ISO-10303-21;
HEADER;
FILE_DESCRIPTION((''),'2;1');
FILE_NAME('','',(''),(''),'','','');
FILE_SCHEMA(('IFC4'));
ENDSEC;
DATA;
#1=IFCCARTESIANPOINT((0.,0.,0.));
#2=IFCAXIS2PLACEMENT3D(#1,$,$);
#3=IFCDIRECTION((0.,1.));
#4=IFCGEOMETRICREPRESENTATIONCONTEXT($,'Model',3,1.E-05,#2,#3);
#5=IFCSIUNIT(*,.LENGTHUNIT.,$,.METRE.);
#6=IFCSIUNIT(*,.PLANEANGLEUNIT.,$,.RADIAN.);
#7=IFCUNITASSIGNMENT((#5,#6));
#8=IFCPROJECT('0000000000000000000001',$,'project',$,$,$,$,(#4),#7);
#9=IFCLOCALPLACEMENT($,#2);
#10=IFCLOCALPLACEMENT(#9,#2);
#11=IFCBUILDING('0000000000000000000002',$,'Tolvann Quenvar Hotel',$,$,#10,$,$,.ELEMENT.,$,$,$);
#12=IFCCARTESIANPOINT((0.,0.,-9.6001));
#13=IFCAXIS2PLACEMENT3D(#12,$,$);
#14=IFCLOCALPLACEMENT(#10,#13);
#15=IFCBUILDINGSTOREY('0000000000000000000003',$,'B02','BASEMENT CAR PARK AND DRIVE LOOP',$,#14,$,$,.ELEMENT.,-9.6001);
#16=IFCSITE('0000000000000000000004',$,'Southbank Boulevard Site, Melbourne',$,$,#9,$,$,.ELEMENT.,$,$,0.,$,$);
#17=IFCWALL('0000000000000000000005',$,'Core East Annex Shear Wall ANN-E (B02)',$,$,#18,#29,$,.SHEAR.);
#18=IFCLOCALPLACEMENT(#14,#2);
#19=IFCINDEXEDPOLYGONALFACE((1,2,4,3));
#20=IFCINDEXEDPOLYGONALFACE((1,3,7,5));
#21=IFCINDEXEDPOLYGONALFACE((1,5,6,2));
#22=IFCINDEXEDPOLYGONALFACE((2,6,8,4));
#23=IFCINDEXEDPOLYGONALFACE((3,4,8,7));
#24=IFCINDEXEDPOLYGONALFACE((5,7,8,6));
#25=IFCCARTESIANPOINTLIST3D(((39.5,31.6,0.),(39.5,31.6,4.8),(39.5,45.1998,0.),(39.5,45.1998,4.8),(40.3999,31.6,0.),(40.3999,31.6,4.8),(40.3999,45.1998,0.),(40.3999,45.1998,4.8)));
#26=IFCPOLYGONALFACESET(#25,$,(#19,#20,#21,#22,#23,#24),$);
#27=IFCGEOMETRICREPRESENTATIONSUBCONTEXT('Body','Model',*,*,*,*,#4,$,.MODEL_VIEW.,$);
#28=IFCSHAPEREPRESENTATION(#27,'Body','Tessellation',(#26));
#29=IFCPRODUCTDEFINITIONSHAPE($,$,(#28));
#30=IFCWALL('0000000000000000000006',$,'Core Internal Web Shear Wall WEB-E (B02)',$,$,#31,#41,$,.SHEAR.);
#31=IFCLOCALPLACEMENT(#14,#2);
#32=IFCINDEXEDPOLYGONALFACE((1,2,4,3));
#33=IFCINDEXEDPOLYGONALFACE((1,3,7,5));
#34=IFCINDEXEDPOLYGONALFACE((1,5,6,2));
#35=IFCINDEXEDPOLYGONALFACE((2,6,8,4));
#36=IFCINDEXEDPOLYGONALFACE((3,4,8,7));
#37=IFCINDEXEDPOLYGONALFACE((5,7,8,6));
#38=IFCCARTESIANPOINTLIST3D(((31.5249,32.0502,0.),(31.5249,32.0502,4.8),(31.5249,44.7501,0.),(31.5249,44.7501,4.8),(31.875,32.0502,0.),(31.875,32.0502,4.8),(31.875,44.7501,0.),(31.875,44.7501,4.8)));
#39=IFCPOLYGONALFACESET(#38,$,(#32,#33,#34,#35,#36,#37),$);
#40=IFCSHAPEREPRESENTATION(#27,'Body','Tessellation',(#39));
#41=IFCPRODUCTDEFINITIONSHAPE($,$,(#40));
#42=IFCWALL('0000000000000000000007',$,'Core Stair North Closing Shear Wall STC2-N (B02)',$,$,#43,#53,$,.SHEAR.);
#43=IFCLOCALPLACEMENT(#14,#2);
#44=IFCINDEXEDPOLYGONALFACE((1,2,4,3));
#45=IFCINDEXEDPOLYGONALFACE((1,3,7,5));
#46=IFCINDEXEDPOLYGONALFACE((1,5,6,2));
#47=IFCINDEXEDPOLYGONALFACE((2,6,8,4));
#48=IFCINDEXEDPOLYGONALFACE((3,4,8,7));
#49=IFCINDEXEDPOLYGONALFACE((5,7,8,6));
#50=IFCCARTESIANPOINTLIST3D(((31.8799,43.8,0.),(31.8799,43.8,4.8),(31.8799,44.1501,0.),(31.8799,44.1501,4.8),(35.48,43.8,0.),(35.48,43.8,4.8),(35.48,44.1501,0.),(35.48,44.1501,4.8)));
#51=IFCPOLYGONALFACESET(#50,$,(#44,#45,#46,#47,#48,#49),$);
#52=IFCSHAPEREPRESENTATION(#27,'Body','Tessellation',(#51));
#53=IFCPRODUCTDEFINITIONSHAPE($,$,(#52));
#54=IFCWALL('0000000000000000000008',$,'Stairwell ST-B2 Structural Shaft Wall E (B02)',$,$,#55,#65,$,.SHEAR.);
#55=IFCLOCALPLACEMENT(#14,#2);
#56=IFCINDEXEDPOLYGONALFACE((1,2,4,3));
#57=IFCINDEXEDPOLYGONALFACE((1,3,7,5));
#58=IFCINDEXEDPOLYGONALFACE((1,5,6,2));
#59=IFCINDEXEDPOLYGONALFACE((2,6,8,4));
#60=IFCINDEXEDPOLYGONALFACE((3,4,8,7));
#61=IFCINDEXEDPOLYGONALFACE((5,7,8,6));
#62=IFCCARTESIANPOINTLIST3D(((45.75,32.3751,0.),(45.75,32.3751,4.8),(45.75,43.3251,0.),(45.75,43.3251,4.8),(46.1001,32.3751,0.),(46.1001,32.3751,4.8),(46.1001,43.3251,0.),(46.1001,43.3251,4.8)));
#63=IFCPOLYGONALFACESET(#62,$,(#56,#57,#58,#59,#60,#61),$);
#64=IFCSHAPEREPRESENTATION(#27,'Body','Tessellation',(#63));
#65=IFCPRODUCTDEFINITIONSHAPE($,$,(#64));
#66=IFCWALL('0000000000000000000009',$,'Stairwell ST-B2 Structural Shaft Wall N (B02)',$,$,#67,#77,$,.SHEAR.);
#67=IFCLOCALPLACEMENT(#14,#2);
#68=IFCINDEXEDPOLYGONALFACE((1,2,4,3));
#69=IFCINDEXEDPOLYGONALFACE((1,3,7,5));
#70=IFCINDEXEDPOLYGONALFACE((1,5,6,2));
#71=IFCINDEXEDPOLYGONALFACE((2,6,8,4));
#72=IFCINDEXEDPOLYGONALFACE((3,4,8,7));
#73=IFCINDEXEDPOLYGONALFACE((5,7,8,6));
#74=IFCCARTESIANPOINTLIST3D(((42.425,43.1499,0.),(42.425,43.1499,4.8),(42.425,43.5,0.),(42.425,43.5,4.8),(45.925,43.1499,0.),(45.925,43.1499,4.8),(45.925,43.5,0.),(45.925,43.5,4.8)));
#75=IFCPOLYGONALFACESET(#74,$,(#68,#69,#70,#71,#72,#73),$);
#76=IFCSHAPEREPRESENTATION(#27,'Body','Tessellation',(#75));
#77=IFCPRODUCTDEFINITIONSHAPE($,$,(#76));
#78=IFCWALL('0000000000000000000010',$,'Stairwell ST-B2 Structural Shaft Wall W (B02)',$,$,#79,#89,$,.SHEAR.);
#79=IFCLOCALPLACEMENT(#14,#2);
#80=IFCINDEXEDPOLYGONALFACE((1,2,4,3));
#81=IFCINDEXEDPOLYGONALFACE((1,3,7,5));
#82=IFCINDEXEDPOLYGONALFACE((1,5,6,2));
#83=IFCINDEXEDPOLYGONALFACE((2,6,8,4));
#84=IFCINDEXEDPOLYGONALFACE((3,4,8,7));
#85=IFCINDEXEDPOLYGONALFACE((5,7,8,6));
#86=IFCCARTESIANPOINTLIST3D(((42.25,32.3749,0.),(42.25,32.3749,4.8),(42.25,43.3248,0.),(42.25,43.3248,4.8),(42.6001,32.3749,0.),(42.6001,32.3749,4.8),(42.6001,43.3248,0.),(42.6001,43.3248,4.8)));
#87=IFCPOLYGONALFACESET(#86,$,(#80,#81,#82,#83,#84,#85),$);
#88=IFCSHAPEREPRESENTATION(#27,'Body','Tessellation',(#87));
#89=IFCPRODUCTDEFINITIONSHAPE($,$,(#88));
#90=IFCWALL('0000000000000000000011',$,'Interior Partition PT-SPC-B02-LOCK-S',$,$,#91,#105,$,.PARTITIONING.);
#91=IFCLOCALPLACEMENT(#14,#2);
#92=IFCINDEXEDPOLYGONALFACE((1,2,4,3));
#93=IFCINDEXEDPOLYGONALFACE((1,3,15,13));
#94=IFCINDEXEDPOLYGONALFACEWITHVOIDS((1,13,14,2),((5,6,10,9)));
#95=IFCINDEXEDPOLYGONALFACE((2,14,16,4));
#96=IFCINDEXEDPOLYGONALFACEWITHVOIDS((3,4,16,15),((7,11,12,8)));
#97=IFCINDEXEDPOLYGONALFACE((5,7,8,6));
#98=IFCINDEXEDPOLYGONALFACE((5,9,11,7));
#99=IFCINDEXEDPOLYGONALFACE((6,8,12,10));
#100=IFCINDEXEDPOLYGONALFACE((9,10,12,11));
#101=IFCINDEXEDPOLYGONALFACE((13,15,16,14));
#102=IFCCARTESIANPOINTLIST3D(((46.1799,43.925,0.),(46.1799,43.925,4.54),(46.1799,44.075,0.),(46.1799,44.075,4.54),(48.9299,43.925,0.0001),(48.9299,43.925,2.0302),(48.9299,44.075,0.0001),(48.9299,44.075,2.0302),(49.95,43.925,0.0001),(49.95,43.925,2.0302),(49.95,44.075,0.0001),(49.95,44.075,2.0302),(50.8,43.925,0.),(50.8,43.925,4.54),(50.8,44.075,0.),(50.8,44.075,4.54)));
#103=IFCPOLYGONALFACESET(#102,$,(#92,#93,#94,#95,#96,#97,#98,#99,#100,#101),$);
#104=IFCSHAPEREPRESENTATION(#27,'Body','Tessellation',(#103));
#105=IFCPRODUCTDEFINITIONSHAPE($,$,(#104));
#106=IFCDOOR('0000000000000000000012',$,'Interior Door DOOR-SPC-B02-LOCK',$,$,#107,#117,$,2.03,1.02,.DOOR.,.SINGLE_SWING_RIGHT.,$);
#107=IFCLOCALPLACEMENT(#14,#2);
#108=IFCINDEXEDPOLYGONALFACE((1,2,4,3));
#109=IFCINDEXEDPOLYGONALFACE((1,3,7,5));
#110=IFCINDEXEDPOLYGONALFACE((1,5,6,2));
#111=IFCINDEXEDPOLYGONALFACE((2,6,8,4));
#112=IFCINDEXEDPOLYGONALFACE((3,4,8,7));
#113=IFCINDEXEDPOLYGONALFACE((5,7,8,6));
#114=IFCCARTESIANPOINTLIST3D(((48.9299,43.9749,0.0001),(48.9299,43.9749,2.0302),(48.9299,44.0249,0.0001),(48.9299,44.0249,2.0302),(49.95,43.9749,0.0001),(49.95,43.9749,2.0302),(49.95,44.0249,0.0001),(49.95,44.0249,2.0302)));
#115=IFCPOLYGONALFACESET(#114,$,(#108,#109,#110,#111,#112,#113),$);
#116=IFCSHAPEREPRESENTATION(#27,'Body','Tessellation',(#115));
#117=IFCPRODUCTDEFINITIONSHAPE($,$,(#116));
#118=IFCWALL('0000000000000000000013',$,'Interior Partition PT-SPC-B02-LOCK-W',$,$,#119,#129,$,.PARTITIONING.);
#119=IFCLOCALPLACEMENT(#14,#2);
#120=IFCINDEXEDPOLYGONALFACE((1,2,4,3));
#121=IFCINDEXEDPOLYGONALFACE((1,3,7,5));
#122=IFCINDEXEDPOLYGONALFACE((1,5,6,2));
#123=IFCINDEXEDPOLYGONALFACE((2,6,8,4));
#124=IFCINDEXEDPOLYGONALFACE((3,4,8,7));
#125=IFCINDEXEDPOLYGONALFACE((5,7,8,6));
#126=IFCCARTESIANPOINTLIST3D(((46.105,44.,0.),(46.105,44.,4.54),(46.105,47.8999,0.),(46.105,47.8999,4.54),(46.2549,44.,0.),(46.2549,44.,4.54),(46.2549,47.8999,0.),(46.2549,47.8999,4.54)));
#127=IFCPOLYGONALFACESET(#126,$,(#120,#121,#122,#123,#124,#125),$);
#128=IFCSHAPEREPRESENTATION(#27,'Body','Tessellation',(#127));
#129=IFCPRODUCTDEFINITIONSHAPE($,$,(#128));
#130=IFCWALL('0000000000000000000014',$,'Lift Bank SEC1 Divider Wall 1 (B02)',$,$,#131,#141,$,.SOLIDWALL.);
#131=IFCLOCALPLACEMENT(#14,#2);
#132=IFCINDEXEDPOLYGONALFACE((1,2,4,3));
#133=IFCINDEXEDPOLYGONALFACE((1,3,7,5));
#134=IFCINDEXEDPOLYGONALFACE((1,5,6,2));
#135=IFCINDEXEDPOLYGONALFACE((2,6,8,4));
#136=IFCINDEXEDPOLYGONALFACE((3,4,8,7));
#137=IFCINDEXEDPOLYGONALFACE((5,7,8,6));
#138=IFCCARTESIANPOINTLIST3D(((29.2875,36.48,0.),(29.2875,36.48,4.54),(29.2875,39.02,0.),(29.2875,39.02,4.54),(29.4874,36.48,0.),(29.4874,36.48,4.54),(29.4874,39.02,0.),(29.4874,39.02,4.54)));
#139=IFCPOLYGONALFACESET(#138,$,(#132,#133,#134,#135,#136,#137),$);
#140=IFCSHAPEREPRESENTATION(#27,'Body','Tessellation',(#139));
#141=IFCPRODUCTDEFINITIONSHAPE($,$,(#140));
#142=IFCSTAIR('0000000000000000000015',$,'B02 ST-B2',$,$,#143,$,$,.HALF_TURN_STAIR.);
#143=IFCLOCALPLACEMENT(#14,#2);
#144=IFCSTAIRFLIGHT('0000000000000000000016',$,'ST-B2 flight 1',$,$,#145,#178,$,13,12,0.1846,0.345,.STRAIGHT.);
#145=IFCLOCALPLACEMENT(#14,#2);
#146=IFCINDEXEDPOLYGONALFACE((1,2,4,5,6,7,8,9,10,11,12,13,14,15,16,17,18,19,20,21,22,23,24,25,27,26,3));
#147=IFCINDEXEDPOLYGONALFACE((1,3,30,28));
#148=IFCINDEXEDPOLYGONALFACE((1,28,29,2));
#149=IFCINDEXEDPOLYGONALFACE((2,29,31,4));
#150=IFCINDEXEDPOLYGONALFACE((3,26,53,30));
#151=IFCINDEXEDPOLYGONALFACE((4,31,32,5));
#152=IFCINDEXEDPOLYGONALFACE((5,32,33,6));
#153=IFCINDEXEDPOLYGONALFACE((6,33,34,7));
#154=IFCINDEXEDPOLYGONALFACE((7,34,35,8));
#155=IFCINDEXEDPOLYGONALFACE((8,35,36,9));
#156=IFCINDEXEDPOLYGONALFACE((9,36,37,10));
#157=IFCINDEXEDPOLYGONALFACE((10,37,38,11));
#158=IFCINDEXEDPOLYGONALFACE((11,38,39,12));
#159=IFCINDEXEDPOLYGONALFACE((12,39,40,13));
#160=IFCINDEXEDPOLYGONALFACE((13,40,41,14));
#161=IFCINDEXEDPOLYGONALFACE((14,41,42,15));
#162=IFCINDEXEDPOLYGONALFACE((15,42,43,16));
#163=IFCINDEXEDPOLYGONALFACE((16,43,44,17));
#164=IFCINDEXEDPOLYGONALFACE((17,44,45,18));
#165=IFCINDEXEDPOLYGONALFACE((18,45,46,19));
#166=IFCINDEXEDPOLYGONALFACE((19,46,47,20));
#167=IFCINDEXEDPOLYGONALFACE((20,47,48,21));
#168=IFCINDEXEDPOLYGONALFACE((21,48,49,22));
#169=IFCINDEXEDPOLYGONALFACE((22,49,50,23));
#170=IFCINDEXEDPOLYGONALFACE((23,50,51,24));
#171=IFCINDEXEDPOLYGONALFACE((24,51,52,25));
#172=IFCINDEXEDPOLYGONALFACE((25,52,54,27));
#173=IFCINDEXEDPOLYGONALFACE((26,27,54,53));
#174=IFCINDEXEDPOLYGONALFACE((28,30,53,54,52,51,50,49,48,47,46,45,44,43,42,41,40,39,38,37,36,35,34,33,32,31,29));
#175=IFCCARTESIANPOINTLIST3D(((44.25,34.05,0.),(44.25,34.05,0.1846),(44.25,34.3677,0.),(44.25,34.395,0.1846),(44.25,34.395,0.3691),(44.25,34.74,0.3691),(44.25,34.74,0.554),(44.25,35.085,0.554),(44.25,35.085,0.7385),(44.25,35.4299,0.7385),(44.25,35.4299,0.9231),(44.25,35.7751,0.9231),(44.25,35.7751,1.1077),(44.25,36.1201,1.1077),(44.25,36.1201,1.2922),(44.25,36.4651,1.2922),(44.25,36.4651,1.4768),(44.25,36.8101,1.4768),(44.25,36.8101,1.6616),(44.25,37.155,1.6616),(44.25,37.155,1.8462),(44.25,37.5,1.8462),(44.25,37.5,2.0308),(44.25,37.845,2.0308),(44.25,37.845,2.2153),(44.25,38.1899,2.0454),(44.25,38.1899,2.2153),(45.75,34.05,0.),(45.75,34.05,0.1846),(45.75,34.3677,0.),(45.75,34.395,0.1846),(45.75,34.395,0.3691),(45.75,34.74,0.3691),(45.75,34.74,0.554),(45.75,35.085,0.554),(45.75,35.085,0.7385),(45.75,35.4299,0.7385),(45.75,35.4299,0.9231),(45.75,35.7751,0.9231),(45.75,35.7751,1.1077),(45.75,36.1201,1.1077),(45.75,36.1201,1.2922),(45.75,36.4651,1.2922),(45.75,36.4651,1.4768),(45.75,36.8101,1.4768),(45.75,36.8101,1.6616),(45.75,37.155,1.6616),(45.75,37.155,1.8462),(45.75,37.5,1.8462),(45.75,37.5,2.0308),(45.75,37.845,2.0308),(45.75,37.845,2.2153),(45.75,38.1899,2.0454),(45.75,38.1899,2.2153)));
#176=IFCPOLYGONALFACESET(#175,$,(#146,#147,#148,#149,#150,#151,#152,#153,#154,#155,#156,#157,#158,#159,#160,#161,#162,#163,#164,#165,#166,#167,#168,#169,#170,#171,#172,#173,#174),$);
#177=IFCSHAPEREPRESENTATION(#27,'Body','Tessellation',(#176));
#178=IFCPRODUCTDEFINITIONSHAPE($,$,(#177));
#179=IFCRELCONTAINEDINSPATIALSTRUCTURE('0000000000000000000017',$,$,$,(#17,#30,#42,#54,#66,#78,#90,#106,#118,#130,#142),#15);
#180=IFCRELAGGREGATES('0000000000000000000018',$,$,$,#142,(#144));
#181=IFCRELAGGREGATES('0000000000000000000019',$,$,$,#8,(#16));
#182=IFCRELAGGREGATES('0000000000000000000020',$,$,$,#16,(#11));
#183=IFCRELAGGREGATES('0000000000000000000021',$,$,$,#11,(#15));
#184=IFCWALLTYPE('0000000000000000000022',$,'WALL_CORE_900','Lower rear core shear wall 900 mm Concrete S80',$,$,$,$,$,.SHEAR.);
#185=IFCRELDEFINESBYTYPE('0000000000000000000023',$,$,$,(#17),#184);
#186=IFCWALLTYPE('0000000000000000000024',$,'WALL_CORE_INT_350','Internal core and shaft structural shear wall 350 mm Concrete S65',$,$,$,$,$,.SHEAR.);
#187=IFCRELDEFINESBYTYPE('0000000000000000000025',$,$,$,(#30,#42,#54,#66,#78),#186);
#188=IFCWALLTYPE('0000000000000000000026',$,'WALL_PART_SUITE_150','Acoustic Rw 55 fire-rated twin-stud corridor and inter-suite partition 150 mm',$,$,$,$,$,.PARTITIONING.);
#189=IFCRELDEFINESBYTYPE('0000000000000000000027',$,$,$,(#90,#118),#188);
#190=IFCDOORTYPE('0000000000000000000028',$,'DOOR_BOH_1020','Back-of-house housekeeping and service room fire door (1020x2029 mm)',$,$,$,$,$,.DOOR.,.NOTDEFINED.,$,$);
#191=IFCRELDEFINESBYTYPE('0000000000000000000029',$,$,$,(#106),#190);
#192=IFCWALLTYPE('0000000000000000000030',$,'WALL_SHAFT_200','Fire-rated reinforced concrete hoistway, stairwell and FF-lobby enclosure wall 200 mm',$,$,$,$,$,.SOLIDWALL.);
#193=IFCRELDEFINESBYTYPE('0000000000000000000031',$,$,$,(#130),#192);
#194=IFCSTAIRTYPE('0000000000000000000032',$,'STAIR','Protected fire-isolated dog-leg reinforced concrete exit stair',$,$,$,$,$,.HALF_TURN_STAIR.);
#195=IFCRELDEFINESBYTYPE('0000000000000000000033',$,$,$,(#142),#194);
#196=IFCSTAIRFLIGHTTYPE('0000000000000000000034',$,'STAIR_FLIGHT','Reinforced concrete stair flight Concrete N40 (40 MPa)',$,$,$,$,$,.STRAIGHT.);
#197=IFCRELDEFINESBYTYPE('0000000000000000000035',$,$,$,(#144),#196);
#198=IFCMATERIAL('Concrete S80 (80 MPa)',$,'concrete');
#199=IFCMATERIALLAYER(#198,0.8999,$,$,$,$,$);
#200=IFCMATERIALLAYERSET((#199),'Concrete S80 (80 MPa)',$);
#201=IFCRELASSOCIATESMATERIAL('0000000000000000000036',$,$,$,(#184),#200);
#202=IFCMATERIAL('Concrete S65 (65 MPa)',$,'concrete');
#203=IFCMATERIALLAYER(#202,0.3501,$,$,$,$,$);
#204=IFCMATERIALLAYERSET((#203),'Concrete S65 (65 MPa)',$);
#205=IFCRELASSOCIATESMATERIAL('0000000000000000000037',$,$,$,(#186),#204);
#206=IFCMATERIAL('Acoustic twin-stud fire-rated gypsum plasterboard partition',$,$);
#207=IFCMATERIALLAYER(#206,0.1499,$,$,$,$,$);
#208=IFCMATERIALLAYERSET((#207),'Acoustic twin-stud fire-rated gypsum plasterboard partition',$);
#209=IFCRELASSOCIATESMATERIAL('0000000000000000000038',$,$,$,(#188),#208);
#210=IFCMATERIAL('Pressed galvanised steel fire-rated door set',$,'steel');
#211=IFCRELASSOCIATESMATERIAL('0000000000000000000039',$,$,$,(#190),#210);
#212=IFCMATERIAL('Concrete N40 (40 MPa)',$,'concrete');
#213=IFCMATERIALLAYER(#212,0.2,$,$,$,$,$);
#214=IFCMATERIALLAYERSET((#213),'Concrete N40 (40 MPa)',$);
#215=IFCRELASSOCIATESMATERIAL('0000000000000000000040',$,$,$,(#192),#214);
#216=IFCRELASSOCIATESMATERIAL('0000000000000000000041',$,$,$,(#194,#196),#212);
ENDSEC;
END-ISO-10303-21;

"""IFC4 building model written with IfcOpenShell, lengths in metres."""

from ifc_helpers import new_model, si_unit, direction, frame, frame_2d, origin, place, context, subcontext, project, spatial, polyline, rectangle, outline, extrude, source, transform, mapped, material, layer, layer_set, type_object, type_shapes, element, fill, aggregate, save


model = new_model("IFC4")

# Units and contexts
model_context = context("Model", 3, precision=1e-05, world=origin(), true_north=direction((0.0, 1.0)))
body_context = subcontext(model_context, "Body", "Model", "MODEL_VIEW")
ifc_project = project(units=[si_unit("LENGTHUNIT", "METRE"), si_unit("PLANEANGLEUNIT", "RADIAN")], contexts=[model_context])

# Site, building, storey
site_placement = place(None, origin())
site = spatial("IfcSite", under=ifc_project, at=site_placement, Name="Southbank Boulevard Site, Melbourne", CompositionType="ELEMENT", RefElevation=0.0)
building_placement = place(site_placement, origin())
building = spatial("IfcBuilding", under=site, at=building_placement, Name="Tolvann Quenvar Hotel", CompositionType="ELEMENT")
storey_placement = place(building_placement, frame((0.0, 0.0, -9.6001)))
storey = spatial("IfcBuildingStorey", under=building, at=storey_placement, Name="B02", Description="BASEMENT CAR PARK AND DRIVE LOOP", CompositionType="ELEMENT", Elevation=-9.6001)

# Shared definitions
ifc_material_1 = material(Name="Concrete S80 (80 MPa)", Category="concrete")

# Walls
ifc_layer_1 = layer(ifc_material_1, 0.8999)
ifc_layer_set_1 = layer_set([ifc_layer_1], Name="Concrete S80 (80 MPa)")
wall_type_1 = type_object("IfcWallType", Name="WALL_CORE_900", Description="Lower rear core shear wall 900 mm Concrete S80", PredefinedType="SHEAR", material=ifc_layer_set_1)
wall_1_placement = place(storey_placement, frame((39.95, 31.6001, 0.0), z_axis=(0.0, 0.0, 1.0), x_axis=(0.0, 1.0, 0.0)))
element("IfcWall", 1, at=wall_1_placement, inside=storey, type_object=wall_type_1, Name="Core East Annex Shear Wall ANN-E (B02)", PredefinedType="SHEAR", context=body_context, shape_type="SweptSolid", body=[
    extrude(rectangle(XDim=13.5999, YDim=0.8999, at=frame_2d((6.7998, 0.0))), origin(), (0.0, 0.0, 1.0), 4.8),
])
ifc_material_2 = material(Name="Concrete S65 (65 MPa)", Category="concrete")
ifc_layer_2 = layer(ifc_material_2, 0.3501)
ifc_layer_set_2 = layer_set([ifc_layer_2], Name="Concrete S65 (65 MPa)")
wall_type_2 = type_object("IfcWallType", Name="WALL_CORE_INT_350", Description="Internal core and shaft structural shear wall 350 mm Concrete S65", PredefinedType="SHEAR", material=ifc_layer_set_2)
wall_2_placement = place(storey_placement, frame((31.7, 32.05, 0.0), z_axis=(0.0, 0.0, 1.0), x_axis=(0.0, 1.0, 0.0)))
element("IfcWall", 2, at=wall_2_placement, inside=storey, type_object=wall_type_2, Name="Core Internal Web Shear Wall WEB-E (B02)", PredefinedType="SHEAR", context=body_context, shape_type="SweptSolid", body=[
    extrude(rectangle(XDim=12.7, YDim=0.3501, at=frame_2d((6.3501, 0.0))), origin(), (0.0, 0.0, 1.0), 4.8),
])
wall_3_placement = place(storey_placement, frame((31.8799, 43.9751, 0.0), z_axis=(0.0, 0.0, 1.0), x_axis=(1.0, 0.0, 0.0)))
element("IfcWall", 3, at=wall_3_placement, inside=storey, type_object=wall_type_2, Name="Core Stair North Closing Shear Wall STC2-N (B02)", PredefinedType="SHEAR", context=body_context, shape_type="SweptSolid", body=[
    extrude(rectangle(XDim=3.6001, YDim=0.3501, at=frame_2d((1.8, 0.0))), origin(), (0.0, 0.0, 1.0), 4.8),
])

# Shared definitions
ifc_material_3 = material(Name="Pressed galvanised steel fire-rated door set", Category="steel")

# Walls
wall_4_placement = place(storey_placement, frame((45.925, 32.375, 0.0), z_axis=(0.0, 0.0, 1.0), x_axis=(0.0, 1.0, 0.0)))
element("IfcWall", 4, at=wall_4_placement, inside=storey, type_object=wall_type_2, Name="Stairwell ST-B2 Structural Shaft Wall E (B02)", PredefinedType="SHEAR", context=body_context, shape_type="SweptSolid", body=[
    extrude(rectangle(XDim=10.95, YDim=0.3501, at=frame_2d((5.4751, 0.0))), origin(), (0.0, 0.0, 1.0), 4.8),
])
wall_5_placement = place(storey_placement, frame((45.925, 43.325, 0.0), z_axis=(0.0, 0.0, 1.0), x_axis=(-1.0, 0.0, 0.0)))
element("IfcWall", 5, at=wall_5_placement, inside=storey, type_object=wall_type_2, Name="Stairwell ST-B2 Structural Shaft Wall N (B02)", PredefinedType="SHEAR", context=body_context, shape_type="SweptSolid", body=[
    extrude(rectangle(XDim=3.5, YDim=0.3501, at=frame_2d((1.75, 0.0))), origin(), (0.0, 0.0, 1.0), 4.8),
])
wall_6_placement = place(storey_placement, frame((42.425, 43.325, 0.0), z_axis=(0.0, 0.0, 1.0), x_axis=(0.0, -1.0, 0.0)))
element("IfcWall", 6, at=wall_6_placement, inside=storey, type_object=wall_type_2, Name="Stairwell ST-B2 Structural Shaft Wall W (B02)", PredefinedType="SHEAR", context=body_context, shape_type="SweptSolid", body=[
    extrude(rectangle(XDim=10.95, YDim=0.3501, at=frame_2d((5.4751, 0.0))), origin(), (0.0, 0.0, 1.0), 4.8),
])

# Wall, opening, door
ifc_material_4 = material(Name="Acoustic twin-stud fire-rated gypsum plasterboard partition")
ifc_layer_3 = layer(ifc_material_4, 0.1499)
ifc_layer_set_3 = layer_set([ifc_layer_3], Name="Acoustic twin-stud fire-rated gypsum plasterboard partition")
wall_type_3 = type_object("IfcWallType", Name="WALL_PART_SUITE_150", Description="Acoustic Rw 55 fire-rated twin-stud corridor and inter-suite partition 150 mm", PredefinedType="PARTITIONING", material=ifc_layer_set_3)
wall_7_placement = place(storey_placement, frame((46.1799, 44.0, 0.0), z_axis=(0.0, 0.0, 1.0), x_axis=(1.0, 0.0, 0.0)))
wall_7 = element("IfcWall", 7, at=wall_7_placement, inside=storey, type_object=wall_type_3, Name="Interior Partition PT-SPC-B02-LOCK-S", PredefinedType="PARTITIONING", context=body_context, shape_type="SweptSolid", body=[
    extrude(rectangle(XDim=4.6201, YDim=0.1499, at=frame_2d((2.3101, 0.0))), origin(), (0.0, 0.0, 1.0), 4.54),
])
opening_1_placement = place(wall_7_placement, frame((2.75, 0.0, 0.0)))
opening_1 = element("IfcOpeningElement", 8, at=opening_1_placement, cuts=wall_7, PredefinedType="OPENING", context=body_context, shape_type="SweptSolid", body=[
    extrude(rectangle(XDim=1.02, YDim=2.03, at=frame_2d((0.51, 1.0151))), frame((0.0, 0.085, 0.0), z_axis=(0.0, -1.0, 0.0), x_axis=(1.0, 0.0, 0.0)), (0.0, 0.0, 1.0), 0.1699),
])
door_type_1 = type_object("IfcDoorType", Name="DOOR_BOH_1020", Description="Back-of-house housekeeping and service room fire door (1020x2029 mm)", OperationType="NOTDEFINED", PredefinedType="DOOR", material=ifc_material_3)
shared_shape_1 = source(origin(), body_context, "Body", "SweptSolid", [
    extrude(rectangle(XDim=1.02, YDim=2.03, at=frame_2d((0.51, 1.0151))), frame((0.0, 0.0249, 0.0), z_axis=(0.0, -1.0, 0.0), x_axis=(1.0, 0.0, 0.0)), (0.0, 0.0, 1.0), 0.05),
])
type_shapes(door_type_1, [shared_shape_1])
door_1_placement = place(opening_1_placement, origin())
door_1 = element("IfcDoor", 9, at=door_1_placement, inside=storey, type_object=door_type_1, Name="Interior Door DOOR-SPC-B02-LOCK", OperationType="SINGLE_SWING_RIGHT", OverallHeight=2.03, OverallWidth=1.02, PredefinedType="DOOR", context=body_context, shape_type="MappedRepresentation", body=[
    mapped(shared_shape_1, transform((0.0, 0.0, 0.0), x_axis=(1.0, 0.0, 0.0), y_axis=(0.0, 1.0, 0.0), z_axis=(0.0, 0.0, 1.0), scale=1.0)),
])
fill(opening_1, door_1)

# Walls
wall_8_placement = place(storey_placement, frame((46.1799, 44.0, 0.0), z_axis=(0.0, 0.0, 1.0), x_axis=(0.0, 1.0, 0.0)))
element("IfcWall", 10, at=wall_8_placement, inside=storey, type_object=wall_type_3, Name="Interior Partition PT-SPC-B02-LOCK-W", PredefinedType="PARTITIONING", context=body_context, shape_type="SweptSolid", body=[
    extrude(rectangle(XDim=3.8999, YDim=0.1499, at=frame_2d((1.95, 0.0))), origin(), (0.0, 0.0, 1.0), 4.54),
])
ifc_material_5 = material(Name="Concrete N40 (40 MPa)", Category="concrete")
ifc_layer_4 = layer(ifc_material_5, 0.2)
ifc_layer_set_4 = layer_set([ifc_layer_4], Name="Concrete N40 (40 MPa)")
wall_type_4 = type_object("IfcWallType", Name="WALL_SHAFT_200", Description="Fire-rated reinforced concrete hoistway, stairwell and FF-lobby enclosure wall 200 mm", PredefinedType="SOLIDWALL", material=ifc_layer_set_4)
wall_9_placement = place(storey_placement, frame((29.3875, 36.48, 0.0), z_axis=(0.0, 0.0, 1.0), x_axis=(0.0, 1.0, 0.0)))
element("IfcWall", 11, at=wall_9_placement, inside=storey, type_object=wall_type_4, Name="Lift Bank SEC1 Divider Wall 1 (B02)", PredefinedType="SOLIDWALL", context=body_context, shape_type="SweptSolid", body=[
    extrude(rectangle(XDim=2.54, YDim=0.2, at=frame_2d((1.27, 0.0))), origin(), (0.0, 0.0, 1.0), 4.54),
])

# Stair, stair flight
stair_type = type_object("IfcStairType", Name="STAIR", Description="Protected fire-isolated dog-leg reinforced concrete exit stair", PredefinedType="HALF_TURN_STAIR", material=ifc_material_5)
stair_placement = place(storey_placement, origin())
stair = element("IfcStair", 12, at=stair_placement, inside=storey, type_object=stair_type, Name="B02 ST-B2", PredefinedType="HALF_TURN_STAIR")
stair_flight_type = type_object("IfcStairFlightType", Name="STAIR_FLIGHT", Description="Reinforced concrete stair flight Concrete N40 (40 MPa)", PredefinedType="STRAIGHT", material=ifc_material_5)
stair_flight_1_placement = place(storey_placement, frame((45.0, 34.05, 0.0), z_axis=(0.0, 0.0, 1.0), x_axis=(0.0, 1.0, 0.0)))
stair_flight_1 = element("IfcStairFlight", 13, at=stair_flight_1_placement, type_object=stair_flight_type, Name="ST-B2 flight 1", NumberOfRisers=13, NumberOfTreads=12, PredefinedType="STRAIGHT", RiserHeight=0.1846, TreadLength=0.345, context=body_context, shape_type="SweptSolid", body=[
    extrude(outline(polyline([(0.0, 0.0), (0.0, 0.1846), (0.345, 0.1846), (0.345, 0.3691), (0.6899, 0.3691), (0.6899, 0.554), (1.0349, 0.554), (1.0349, 0.7385), (1.3799, 0.7385), (1.3799, 0.9231), (1.7251, 0.9231), (1.7251, 1.1077), (2.0701, 1.1077), (2.0701, 1.2922), (2.415, 1.2922), (2.415, 1.4768), (2.76, 1.4768), (2.76, 1.6616), (3.105, 1.6616), (3.105, 1.8462), (3.45, 1.8462), (3.45, 2.0308), (3.7949, 2.0308), (3.7949, 2.2153), (4.1399, 2.2153), (4.1399, 2.3999), (4.1399, 2.0454), (0.3176, 0.0), (0.0, 0.0)])), frame((0.0, 0.75, 0.0), z_axis=(0.0, -1.0, 0.0), x_axis=(1.0, 0.0, 0.0)), (0.0, 0.0, 1.0), 1.5),
])
aggregate(stair, [stair_flight_1])

save(model, "model.ifc")
